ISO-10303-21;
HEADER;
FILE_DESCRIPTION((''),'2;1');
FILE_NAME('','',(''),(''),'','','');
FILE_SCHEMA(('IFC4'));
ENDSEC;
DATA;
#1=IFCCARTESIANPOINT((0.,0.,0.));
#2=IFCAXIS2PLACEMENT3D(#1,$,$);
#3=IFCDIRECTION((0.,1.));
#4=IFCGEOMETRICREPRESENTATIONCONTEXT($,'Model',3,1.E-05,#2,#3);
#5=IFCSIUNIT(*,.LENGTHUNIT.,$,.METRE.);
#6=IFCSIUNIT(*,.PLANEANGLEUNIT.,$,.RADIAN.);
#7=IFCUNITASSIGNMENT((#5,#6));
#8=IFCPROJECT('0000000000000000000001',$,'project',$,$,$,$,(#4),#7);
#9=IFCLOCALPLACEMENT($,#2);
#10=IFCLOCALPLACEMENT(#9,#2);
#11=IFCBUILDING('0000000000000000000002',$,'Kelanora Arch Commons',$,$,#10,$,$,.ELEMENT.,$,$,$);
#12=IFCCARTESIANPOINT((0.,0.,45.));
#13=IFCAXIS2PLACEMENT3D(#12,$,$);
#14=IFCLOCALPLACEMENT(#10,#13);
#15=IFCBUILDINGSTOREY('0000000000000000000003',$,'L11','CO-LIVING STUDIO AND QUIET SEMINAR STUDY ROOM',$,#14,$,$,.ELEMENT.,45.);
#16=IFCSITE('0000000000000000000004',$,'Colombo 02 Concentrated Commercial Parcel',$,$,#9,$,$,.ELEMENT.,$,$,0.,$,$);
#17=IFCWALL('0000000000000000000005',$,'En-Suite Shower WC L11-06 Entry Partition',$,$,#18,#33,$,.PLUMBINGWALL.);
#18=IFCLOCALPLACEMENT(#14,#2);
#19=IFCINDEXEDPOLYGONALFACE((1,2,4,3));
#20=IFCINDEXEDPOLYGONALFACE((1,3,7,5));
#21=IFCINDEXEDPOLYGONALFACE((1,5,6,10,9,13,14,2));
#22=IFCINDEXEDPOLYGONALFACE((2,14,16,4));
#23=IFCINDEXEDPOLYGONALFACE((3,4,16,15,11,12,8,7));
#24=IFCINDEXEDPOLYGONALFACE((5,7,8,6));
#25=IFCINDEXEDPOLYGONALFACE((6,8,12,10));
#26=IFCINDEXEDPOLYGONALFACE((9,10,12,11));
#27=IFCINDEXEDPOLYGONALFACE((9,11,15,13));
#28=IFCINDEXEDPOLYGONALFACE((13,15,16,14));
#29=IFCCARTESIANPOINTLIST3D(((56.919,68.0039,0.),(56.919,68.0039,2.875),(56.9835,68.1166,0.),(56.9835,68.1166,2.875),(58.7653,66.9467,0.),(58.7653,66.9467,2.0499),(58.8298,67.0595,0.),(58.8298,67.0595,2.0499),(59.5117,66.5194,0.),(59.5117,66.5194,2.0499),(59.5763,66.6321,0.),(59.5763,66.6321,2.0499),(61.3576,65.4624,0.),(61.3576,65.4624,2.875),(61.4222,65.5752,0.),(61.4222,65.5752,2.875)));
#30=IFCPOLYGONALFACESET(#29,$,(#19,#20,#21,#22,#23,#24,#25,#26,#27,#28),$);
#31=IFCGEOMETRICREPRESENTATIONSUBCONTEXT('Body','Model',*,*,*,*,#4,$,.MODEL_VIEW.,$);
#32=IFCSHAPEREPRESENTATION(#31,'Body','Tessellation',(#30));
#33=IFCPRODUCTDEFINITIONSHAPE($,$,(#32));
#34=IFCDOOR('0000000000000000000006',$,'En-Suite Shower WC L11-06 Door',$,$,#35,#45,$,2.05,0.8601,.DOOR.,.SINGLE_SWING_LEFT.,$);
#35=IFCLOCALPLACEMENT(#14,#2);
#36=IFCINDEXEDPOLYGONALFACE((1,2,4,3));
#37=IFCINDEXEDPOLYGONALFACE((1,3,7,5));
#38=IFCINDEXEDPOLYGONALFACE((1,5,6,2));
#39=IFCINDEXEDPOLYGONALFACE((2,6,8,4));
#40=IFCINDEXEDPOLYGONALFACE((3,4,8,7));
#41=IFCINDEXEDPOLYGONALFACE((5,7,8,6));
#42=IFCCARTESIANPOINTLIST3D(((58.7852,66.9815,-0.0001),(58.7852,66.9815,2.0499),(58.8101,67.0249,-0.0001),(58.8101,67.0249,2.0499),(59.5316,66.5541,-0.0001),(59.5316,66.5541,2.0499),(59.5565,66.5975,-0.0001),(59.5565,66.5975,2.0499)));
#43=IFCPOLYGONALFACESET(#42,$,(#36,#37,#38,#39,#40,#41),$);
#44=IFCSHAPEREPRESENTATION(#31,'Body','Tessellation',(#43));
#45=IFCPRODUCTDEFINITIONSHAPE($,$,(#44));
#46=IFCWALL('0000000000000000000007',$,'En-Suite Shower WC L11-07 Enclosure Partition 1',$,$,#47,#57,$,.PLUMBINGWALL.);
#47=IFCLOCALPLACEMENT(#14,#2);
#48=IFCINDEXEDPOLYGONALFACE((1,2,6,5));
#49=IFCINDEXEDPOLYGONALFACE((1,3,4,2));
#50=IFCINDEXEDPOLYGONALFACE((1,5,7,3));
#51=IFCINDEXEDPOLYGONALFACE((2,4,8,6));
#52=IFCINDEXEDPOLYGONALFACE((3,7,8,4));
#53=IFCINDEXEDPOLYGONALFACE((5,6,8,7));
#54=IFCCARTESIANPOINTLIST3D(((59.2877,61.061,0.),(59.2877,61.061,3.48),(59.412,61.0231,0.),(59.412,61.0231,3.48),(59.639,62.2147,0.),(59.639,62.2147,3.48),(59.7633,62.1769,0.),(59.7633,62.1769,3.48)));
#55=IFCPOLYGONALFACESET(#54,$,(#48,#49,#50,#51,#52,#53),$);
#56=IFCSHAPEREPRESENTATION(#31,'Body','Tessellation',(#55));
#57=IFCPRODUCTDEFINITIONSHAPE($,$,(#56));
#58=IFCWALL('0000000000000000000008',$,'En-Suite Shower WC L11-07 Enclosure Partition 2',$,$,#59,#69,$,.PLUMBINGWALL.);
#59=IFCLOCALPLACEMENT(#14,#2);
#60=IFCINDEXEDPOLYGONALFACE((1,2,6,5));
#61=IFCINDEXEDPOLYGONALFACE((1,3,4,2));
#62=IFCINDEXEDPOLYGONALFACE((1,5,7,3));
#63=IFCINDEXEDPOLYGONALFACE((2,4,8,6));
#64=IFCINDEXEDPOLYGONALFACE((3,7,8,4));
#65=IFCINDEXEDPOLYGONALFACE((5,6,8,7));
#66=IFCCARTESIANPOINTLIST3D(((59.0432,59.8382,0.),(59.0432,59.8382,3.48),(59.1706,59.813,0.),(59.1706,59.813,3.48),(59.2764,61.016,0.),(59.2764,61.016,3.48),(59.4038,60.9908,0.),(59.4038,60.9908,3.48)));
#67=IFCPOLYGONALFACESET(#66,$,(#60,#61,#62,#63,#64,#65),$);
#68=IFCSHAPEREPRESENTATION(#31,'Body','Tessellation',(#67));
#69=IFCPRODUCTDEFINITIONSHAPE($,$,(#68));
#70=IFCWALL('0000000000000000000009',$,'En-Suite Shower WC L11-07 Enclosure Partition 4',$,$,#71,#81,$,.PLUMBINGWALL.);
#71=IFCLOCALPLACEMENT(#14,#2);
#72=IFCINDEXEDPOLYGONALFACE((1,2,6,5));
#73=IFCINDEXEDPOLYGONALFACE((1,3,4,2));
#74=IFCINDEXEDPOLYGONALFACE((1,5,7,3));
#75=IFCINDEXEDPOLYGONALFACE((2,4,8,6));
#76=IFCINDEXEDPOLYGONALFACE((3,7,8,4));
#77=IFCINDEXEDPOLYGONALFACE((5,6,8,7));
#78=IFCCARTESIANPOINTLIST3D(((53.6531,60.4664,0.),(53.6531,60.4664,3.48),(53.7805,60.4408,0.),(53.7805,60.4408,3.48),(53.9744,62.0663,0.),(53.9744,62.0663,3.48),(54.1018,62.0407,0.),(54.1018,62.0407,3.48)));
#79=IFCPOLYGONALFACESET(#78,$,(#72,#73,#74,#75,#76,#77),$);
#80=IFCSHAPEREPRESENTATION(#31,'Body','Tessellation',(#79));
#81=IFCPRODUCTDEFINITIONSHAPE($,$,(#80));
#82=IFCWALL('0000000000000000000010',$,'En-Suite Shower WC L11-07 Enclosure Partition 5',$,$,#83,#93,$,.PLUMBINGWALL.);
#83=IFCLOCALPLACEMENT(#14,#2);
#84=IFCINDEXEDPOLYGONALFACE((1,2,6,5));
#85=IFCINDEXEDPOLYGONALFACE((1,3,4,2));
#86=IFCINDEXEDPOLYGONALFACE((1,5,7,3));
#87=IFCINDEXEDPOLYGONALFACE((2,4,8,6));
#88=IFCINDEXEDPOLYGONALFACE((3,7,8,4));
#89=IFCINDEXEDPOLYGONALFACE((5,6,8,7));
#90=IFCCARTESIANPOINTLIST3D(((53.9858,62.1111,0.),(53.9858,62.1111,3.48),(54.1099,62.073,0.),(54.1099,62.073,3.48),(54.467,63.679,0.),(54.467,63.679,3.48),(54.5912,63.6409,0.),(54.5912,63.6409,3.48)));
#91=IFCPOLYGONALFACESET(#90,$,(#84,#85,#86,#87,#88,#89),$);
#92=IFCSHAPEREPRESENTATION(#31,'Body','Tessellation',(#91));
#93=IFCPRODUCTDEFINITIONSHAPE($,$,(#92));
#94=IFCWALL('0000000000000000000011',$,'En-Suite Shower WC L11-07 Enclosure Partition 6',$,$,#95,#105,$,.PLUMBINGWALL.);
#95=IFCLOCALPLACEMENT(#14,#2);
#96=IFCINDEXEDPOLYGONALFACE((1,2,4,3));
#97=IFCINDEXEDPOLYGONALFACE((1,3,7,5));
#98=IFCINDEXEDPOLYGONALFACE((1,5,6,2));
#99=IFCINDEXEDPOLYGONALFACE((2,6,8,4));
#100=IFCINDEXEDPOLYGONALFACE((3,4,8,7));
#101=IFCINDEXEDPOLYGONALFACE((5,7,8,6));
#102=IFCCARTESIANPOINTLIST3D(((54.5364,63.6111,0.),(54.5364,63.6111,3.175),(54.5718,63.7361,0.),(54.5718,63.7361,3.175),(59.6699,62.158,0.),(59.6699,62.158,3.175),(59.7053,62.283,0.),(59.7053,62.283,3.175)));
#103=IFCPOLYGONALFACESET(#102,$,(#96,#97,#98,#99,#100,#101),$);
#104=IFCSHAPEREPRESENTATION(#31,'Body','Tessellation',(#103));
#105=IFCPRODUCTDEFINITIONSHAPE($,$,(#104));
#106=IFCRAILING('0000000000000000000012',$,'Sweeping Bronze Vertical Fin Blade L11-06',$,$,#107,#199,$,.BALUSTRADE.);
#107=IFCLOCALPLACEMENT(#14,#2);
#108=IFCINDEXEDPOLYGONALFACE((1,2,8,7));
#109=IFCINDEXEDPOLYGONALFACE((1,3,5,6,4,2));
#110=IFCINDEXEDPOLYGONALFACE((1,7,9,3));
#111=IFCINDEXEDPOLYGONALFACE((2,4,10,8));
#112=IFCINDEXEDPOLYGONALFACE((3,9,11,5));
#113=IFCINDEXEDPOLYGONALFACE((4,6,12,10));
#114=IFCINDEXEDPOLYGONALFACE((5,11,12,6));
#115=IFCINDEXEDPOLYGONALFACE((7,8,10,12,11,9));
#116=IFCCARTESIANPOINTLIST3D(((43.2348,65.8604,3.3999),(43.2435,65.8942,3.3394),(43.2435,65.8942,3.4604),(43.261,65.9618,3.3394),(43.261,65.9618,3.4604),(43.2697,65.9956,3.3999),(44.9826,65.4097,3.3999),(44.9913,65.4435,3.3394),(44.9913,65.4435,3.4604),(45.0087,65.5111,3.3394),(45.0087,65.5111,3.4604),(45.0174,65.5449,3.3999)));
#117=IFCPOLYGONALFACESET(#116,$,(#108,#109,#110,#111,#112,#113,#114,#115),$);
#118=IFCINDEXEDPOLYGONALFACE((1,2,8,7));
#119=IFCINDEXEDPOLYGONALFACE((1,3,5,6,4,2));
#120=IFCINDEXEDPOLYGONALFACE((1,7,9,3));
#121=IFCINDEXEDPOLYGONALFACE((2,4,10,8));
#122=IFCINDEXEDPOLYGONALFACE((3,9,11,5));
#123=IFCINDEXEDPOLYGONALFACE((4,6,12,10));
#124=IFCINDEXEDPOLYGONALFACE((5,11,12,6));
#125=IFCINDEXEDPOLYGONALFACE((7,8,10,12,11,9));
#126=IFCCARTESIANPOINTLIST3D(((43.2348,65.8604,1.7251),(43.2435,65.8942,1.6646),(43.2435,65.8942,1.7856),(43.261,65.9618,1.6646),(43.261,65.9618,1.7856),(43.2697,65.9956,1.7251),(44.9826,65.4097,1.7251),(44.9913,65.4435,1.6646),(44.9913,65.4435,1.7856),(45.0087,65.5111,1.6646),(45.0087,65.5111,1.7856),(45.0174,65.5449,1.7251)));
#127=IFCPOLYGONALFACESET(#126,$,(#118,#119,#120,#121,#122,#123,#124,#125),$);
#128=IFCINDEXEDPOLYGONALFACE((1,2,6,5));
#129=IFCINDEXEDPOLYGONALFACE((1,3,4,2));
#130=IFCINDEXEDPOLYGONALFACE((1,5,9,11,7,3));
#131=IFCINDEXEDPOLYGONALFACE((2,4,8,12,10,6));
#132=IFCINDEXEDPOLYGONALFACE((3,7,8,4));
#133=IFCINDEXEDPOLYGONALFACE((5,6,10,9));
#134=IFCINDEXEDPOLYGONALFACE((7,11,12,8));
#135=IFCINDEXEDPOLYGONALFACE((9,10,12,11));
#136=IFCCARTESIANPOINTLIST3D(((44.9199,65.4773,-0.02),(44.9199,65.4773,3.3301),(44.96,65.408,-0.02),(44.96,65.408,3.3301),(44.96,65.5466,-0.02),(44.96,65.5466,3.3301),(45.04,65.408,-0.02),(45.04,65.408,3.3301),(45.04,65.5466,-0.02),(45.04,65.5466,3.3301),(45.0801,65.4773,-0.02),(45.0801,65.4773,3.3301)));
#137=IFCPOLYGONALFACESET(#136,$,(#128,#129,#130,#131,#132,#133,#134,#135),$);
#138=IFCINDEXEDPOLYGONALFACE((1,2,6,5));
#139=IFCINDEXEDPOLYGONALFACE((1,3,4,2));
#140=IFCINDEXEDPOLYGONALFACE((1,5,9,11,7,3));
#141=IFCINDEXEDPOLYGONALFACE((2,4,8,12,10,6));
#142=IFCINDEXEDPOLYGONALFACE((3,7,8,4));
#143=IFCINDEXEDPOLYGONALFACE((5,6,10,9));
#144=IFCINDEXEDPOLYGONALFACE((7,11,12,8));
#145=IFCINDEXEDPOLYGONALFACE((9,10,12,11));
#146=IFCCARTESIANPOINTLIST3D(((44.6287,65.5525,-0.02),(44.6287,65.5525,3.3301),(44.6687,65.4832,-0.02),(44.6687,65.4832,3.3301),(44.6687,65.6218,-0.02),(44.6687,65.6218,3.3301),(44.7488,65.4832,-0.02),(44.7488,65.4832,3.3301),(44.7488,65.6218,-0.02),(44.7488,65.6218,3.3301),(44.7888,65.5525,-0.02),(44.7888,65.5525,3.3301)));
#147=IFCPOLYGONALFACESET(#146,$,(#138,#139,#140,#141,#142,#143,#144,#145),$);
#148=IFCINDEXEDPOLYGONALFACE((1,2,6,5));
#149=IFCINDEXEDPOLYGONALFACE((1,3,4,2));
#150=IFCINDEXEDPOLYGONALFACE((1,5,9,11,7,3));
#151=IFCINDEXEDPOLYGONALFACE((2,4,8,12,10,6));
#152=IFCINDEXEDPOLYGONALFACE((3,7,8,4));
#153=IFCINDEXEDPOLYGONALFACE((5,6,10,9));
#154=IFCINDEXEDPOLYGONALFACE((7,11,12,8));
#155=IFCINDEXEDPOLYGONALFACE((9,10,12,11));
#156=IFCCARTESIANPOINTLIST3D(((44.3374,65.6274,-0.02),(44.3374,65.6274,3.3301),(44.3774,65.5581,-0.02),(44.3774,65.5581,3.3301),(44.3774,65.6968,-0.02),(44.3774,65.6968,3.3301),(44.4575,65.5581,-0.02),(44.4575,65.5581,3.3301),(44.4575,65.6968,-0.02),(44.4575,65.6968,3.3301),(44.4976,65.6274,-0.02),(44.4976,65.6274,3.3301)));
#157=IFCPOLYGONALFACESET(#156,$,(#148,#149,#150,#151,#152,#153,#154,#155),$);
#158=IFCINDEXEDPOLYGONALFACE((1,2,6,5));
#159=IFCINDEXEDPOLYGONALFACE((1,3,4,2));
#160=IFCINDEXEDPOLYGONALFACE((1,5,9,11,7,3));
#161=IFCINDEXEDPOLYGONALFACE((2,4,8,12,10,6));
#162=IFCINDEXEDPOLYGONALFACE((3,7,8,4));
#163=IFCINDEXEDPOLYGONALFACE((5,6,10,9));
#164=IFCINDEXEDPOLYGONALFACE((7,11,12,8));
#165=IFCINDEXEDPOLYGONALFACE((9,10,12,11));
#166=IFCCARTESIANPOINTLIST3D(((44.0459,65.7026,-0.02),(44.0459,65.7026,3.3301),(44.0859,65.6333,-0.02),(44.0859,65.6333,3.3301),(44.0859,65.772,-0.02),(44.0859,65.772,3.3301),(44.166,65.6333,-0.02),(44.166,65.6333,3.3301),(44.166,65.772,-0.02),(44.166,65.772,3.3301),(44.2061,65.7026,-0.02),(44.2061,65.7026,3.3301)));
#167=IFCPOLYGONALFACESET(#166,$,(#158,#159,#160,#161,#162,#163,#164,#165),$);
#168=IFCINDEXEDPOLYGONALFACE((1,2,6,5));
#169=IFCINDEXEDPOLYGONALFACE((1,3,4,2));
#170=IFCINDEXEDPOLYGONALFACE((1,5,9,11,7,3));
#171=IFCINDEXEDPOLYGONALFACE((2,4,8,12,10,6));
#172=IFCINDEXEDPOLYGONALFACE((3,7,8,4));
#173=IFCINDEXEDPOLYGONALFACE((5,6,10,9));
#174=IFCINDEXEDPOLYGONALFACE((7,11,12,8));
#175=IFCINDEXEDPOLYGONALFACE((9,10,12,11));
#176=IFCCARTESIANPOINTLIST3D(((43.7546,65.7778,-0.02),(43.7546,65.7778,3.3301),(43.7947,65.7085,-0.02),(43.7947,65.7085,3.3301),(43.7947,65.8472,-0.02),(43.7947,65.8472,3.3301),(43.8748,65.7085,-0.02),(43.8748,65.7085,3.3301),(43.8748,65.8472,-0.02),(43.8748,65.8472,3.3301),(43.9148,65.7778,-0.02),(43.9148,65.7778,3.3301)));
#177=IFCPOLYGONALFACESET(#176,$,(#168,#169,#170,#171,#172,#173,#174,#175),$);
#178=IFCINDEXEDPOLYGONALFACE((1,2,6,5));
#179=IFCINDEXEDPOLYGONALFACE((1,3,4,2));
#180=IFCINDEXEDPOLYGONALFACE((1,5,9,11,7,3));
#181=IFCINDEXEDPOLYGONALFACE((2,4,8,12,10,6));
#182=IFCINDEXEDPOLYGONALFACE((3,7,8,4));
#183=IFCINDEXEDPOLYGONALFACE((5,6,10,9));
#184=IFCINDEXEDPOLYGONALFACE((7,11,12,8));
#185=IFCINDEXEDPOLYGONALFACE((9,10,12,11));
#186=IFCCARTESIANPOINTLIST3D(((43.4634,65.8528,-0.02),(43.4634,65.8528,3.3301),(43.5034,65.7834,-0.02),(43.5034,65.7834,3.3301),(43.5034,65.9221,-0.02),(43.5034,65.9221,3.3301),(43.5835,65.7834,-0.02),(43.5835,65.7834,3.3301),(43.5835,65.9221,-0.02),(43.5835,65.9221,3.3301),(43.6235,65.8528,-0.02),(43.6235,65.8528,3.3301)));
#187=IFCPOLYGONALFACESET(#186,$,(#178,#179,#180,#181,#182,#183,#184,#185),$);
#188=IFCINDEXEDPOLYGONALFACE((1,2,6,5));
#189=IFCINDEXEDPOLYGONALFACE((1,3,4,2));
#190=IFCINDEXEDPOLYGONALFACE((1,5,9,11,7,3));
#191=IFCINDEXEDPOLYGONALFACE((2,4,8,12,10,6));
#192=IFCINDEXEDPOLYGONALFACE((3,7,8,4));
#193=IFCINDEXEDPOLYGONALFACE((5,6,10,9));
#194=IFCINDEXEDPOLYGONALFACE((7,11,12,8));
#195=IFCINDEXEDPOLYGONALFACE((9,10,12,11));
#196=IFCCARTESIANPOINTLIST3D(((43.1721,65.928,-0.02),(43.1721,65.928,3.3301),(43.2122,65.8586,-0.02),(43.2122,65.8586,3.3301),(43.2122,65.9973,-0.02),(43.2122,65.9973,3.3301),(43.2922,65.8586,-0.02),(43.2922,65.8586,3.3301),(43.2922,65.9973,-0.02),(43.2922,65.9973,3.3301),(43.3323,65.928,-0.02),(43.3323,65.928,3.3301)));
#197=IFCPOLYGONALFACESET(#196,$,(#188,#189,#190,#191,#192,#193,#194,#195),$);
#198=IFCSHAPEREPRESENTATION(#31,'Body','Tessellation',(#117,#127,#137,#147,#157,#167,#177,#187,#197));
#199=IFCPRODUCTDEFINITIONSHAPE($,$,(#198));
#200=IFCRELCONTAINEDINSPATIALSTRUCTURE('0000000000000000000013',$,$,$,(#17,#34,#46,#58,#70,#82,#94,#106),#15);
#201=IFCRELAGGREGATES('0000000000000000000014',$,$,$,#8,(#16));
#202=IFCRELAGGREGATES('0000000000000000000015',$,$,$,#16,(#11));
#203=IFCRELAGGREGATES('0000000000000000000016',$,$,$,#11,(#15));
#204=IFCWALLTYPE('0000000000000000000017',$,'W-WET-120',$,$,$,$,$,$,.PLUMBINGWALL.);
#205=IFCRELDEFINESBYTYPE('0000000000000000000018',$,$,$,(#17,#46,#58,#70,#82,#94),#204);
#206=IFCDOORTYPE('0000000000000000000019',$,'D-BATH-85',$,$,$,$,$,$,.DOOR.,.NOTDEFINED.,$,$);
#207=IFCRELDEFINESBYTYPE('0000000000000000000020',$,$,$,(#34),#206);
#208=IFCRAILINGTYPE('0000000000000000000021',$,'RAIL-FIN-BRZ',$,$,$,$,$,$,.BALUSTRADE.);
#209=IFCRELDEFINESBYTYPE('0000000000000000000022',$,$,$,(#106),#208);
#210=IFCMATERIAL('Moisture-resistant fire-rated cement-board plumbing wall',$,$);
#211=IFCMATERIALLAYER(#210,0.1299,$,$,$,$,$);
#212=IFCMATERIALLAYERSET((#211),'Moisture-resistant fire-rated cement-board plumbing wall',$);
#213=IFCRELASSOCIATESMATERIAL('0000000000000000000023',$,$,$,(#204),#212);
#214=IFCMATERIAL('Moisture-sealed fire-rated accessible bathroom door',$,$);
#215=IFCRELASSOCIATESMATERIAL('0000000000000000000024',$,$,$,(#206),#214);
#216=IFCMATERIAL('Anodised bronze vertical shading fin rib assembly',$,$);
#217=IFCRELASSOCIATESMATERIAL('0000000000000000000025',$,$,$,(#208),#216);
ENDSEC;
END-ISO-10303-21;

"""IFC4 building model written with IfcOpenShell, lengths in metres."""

from ifc_helpers import new_model, si_unit, direction, frame, frame_2d, origin, place, context, subcontext, project, spatial, polyline, rectangle, outline, extrude, material, layer, layer_set, type_object, element, fill, save


model = new_model("IFC4")

# Units and contexts
model_context = context("Model", 3, precision=1e-05, world=origin(), true_north=direction((0.0, 1.0)))
body_context = subcontext(model_context, "Body", "Model", "MODEL_VIEW")
ifc_project = project(units=[si_unit("LENGTHUNIT", "METRE"), si_unit("PLANEANGLEUNIT", "RADIAN")], contexts=[model_context])

# Site, building, storey
site_placement = place(None, origin())
site = spatial("IfcSite", under=ifc_project, at=site_placement, Name="Colombo 02 Concentrated Commercial Parcel", CompositionType="ELEMENT", RefElevation=0.0)
building_placement = place(site_placement, origin())
building = spatial("IfcBuilding", under=site, at=building_placement, Name="Kelanora Arch Commons", CompositionType="ELEMENT")
storey_placement = place(building_placement, frame((0.0, 0.0, 45.0)))
storey = spatial("IfcBuildingStorey", under=building, at=storey_placement, Name="L11", Description="CO-LIVING STUDIO AND QUIET SEMINAR STUDY ROOM", CompositionType="ELEMENT", Elevation=45.0)

# Wall, opening, door
ifc_material_1 = material(Name="Moisture-resistant fire-rated cement-board plumbing wall")
ifc_layer_1 = layer(ifc_material_1, 0.1299)
ifc_layer_set_1 = layer_set([ifc_layer_1], Name="Moisture-resistant fire-rated cement-board plumbing wall")
wall_type_1 = type_object("IfcWallType", Name="W-WET-120", PredefinedType="PLUMBINGWALL", material=ifc_layer_set_1)
wall_1_placement = place(storey_placement, frame((61.3899, 65.5188, 0.0), z_axis=(0.0, 0.0, 1.0), x_axis=(-0.867814, 0.496889, 0.0)))
wall_1 = element("IfcWall", 1, at=wall_1_placement, inside=storey, type_object=wall_type_1, Name="En-Suite Shower WC L11-06 Entry Partition", PredefinedType="PLUMBINGWALL", context=body_context, shape_type="SweptSolid", body=[
    extrude(rectangle(XDim=5.1147, YDim=0.1299, at=frame_2d((2.5574, 0.0))), origin(), (0.0, 0.0, 1.0), 2.875),
])
opening_1_placement = place(wall_1_placement, frame((2.127, 0.0, 0.0)))
opening_1 = element("IfcOpeningElement", 2, at=opening_1_placement, cuts=wall_1, PredefinedType="OPENING", context=body_context, shape_type="SweptSolid", body=[
    extrude(rectangle(XDim=0.8601, YDim=2.05, at=frame_2d((0.4302, 1.0249))), frame((0.0, 0.075, 0.0), z_axis=(0.0, -1.0, 0.0), x_axis=(1.0, 0.0, 0.0)), (0.0, 0.0, 1.0), 0.1499),
])
ifc_material_2 = material(Name="Moisture-sealed fire-rated accessible bathroom door")
door_type_1 = type_object("IfcDoorType", Name="D-BATH-85", OperationType="NOTDEFINED", PredefinedType="DOOR", material=ifc_material_2)
door_1_placement = place(opening_1_placement, origin())
door_1 = element("IfcDoor", 3, at=door_1_placement, inside=storey, type_object=door_type_1, Name="En-Suite Shower WC L11-06 Door", OperationType="SINGLE_SWING_LEFT", OverallHeight=2.05, OverallWidth=0.8601, PredefinedType="DOOR", context=body_context, shape_type="SweptSolid", body=[
    extrude(rectangle(XDim=0.8601, YDim=2.05, at=frame_2d((0.4302, 1.0249))), frame((0.0, 0.0249, 0.0), z_axis=(0.0, -1.0, 0.0), x_axis=(1.0, 0.0, 0.0)), (0.0, 0.0, 1.0), 0.05),
])
fill(opening_1, door_1)

# Walls
wall_2_placement = place(storey_placement, frame((59.7012, 62.1958, 0.0), z_axis=(0.0, 0.0, 1.0), x_axis=(-0.291282, -0.956637, 0.0)))
element("IfcWall", 4, at=wall_2_placement, inside=storey, type_object=wall_type_1, Name="En-Suite Shower WC L11-07 Enclosure Partition 1", PredefinedType="PLUMBINGWALL", context=body_context, shape_type="SweptSolid", body=[
    extrude(rectangle(XDim=1.2061, YDim=0.1299, at=frame_2d((0.603, 0.0))), origin(), (0.0, 0.0, 1.0), 3.48),
])
wall_3_placement = place(storey_placement, frame((59.3401, 61.0034, 0.0), z_axis=(0.0, 0.0, 1.0), x_axis=(-0.1942, -0.980962, 0.0)))
element("IfcWall", 5, at=wall_3_placement, inside=storey, type_object=wall_type_1, Name="En-Suite Shower WC L11-07 Enclosure Partition 2", PredefinedType="PLUMBINGWALL", context=body_context, shape_type="SweptSolid", body=[
    extrude(rectangle(XDim=1.2007, YDim=0.1299, at=frame_2d((0.6003, 0.0))), origin(), (0.0, 0.0, 1.0), 3.48),
])
wall_4_placement = place(storey_placement, frame((53.7168, 60.4536, 0.0), z_axis=(0.0, 0.0, 1.0), x_axis=(0.196893, 0.980425, 0.0)))
element("IfcWall", 6, at=wall_4_placement, inside=storey, type_object=wall_type_1, Name="En-Suite Shower WC L11-07 Enclosure Partition 4", PredefinedType="PLUMBINGWALL", context=body_context, shape_type="SweptSolid", body=[
    extrude(rectangle(XDim=1.6318, YDim=0.1299, at=frame_2d((0.8159, 0.0))), origin(), (0.0, 0.0, 1.0), 3.48),
])
wall_5_placement = place(storey_placement, frame((54.0479, 62.092, 0.0), z_axis=(0.0, 0.0, 1.0), x_axis=(0.293406, 0.955988, 0.0)))
element("IfcWall", 7, at=wall_5_placement, inside=storey, type_object=wall_type_1, Name="En-Suite Shower WC L11-07 Enclosure Partition 5", PredefinedType="PLUMBINGWALL", context=body_context, shape_type="SweptSolid", body=[
    extrude(rectangle(XDim=1.6401, YDim=0.1299, at=frame_2d((0.8201, 0.0))), origin(), (0.0, 0.0, 1.0), 3.48),
])
wall_6_placement = place(storey_placement, frame((54.5542, 63.6736, 0.0), z_axis=(0.0, 0.0, 1.0), x_axis=(0.962195, -0.272363, 0.0)))
element("IfcWall", 8, at=wall_6_placement, inside=storey, type_object=wall_type_1, Name="En-Suite Shower WC L11-07 Enclosure Partition 6", PredefinedType="PLUMBINGWALL", context=body_context, shape_type="SweptSolid", body=[
    extrude(rectangle(XDim=5.3352, YDim=0.1299, at=frame_2d((2.6675, 0.0))), origin(), (0.0, 0.0, 1.0), 3.175),
])

# Railing
ifc_material_3 = material(Name="Anodised bronze vertical shading fin rib assembly")
railing_type = type_object("IfcRailingType", Name="RAIL-FIN-BRZ", PredefinedType="BALUSTRADE", material=ifc_material_3)
railing_placement = place(storey_placement, frame((45.0, 65.4773, -0.02)))
element("IfcRailing", 9, at=railing_placement, inside=storey, type_object=railing_type, Name="Sweeping Bronze Vertical Fin Blade L11-06", PredefinedType="BALUSTRADE", context=body_context, shape_type="SweptSolid", body=[
    extrude(outline(polyline([(0.0698, 0.0), (0.0349, 0.0605), (-0.0349, 0.0605), (-0.0698, 0.0), (-0.0349, -0.0605), (0.0349, -0.0605), (0.0698, 0.0)])), frame((0.0, 0.0, 3.4199), z_axis=(-0.968326, 0.24969, 0.0), x_axis=(-0.24969, -0.968326, 0.0)), (0.0, 0.0, 1.0), 1.8049),
    extrude(outline(polyline([(0.0698, 0.0), (0.0349, 0.0605), (-0.0349, 0.0605), (-0.0698, 0.0), (-0.0349, -0.0605), (0.0349, -0.0605), (0.0698, 0.0)])), frame((0.0, 0.0, 1.7451), z_axis=(-0.968326, 0.24969, 0.0), x_axis=(-0.24969, -0.968326, 0.0)), (0.0, 0.0, 1.0), 1.8049),
    extrude(outline(polyline([(0.0801, 0.0), (0.04, 0.0693), (-0.04, 0.0693), (-0.0801, 0.0), (-0.04, -0.0693), (0.04, -0.0693), (0.0801, 0.0)])), origin(), (0.0, 0.0, 1.0), 3.3501),
    extrude(outline(polyline([(0.0801, 0.0), (0.04, 0.0693), (-0.04, 0.0693), (-0.0801, 0.0), (-0.04, -0.0693), (0.04, -0.0693), (0.0801, 0.0)])), frame((-0.2913, 0.0752, 0.0)), (0.0, 0.0, 1.0), 3.3501),
    extrude(outline(polyline([(0.0801, 0.0), (0.04, 0.0693), (-0.04, 0.0693), (-0.0801, 0.0), (-0.04, -0.0693), (0.04, -0.0693), (0.0801, 0.0)])), frame((-0.5825, 0.1501, 0.0)), (0.0, 0.0, 1.0), 3.3501),
    extrude(outline(polyline([(0.0801, 0.0), (0.04, 0.0693), (-0.04, 0.0693), (-0.0801, 0.0), (-0.04, -0.0693), (0.04, -0.0693), (0.0801, 0.0)])), frame((-0.874, 0.2253, 0.0)), (0.0, 0.0, 1.0), 3.3501),
    extrude(outline(polyline([(0.0801, 0.0), (0.04, 0.0693), (-0.04, 0.0693), (-0.0801, 0.0), (-0.04, -0.0693), (0.04, -0.0693), (0.0801, 0.0)])), frame((-1.1653, 0.3005, 0.0)), (0.0, 0.0, 1.0), 3.3501),
    extrude(outline(polyline([(0.0801, 0.0), (0.04, 0.0693), (-0.04, 0.0693), (-0.0801, 0.0), (-0.04, -0.0693), (0.04, -0.0693), (0.0801, 0.0)])), frame((-1.4565, 0.3755, 0.0)), (0.0, 0.0, 1.0), 3.3501),
    extrude(outline(polyline([(0.0801, 0.0), (0.04, 0.0693), (-0.04, 0.0693), (-0.0801, 0.0), (-0.04, -0.0693), (0.04, -0.0693), (0.0801, 0.0)])), frame((-1.7478, 0.4507, 0.0)), (0.0, 0.0, 1.0), 3.3501),
])

save(model, "model.ifc")
